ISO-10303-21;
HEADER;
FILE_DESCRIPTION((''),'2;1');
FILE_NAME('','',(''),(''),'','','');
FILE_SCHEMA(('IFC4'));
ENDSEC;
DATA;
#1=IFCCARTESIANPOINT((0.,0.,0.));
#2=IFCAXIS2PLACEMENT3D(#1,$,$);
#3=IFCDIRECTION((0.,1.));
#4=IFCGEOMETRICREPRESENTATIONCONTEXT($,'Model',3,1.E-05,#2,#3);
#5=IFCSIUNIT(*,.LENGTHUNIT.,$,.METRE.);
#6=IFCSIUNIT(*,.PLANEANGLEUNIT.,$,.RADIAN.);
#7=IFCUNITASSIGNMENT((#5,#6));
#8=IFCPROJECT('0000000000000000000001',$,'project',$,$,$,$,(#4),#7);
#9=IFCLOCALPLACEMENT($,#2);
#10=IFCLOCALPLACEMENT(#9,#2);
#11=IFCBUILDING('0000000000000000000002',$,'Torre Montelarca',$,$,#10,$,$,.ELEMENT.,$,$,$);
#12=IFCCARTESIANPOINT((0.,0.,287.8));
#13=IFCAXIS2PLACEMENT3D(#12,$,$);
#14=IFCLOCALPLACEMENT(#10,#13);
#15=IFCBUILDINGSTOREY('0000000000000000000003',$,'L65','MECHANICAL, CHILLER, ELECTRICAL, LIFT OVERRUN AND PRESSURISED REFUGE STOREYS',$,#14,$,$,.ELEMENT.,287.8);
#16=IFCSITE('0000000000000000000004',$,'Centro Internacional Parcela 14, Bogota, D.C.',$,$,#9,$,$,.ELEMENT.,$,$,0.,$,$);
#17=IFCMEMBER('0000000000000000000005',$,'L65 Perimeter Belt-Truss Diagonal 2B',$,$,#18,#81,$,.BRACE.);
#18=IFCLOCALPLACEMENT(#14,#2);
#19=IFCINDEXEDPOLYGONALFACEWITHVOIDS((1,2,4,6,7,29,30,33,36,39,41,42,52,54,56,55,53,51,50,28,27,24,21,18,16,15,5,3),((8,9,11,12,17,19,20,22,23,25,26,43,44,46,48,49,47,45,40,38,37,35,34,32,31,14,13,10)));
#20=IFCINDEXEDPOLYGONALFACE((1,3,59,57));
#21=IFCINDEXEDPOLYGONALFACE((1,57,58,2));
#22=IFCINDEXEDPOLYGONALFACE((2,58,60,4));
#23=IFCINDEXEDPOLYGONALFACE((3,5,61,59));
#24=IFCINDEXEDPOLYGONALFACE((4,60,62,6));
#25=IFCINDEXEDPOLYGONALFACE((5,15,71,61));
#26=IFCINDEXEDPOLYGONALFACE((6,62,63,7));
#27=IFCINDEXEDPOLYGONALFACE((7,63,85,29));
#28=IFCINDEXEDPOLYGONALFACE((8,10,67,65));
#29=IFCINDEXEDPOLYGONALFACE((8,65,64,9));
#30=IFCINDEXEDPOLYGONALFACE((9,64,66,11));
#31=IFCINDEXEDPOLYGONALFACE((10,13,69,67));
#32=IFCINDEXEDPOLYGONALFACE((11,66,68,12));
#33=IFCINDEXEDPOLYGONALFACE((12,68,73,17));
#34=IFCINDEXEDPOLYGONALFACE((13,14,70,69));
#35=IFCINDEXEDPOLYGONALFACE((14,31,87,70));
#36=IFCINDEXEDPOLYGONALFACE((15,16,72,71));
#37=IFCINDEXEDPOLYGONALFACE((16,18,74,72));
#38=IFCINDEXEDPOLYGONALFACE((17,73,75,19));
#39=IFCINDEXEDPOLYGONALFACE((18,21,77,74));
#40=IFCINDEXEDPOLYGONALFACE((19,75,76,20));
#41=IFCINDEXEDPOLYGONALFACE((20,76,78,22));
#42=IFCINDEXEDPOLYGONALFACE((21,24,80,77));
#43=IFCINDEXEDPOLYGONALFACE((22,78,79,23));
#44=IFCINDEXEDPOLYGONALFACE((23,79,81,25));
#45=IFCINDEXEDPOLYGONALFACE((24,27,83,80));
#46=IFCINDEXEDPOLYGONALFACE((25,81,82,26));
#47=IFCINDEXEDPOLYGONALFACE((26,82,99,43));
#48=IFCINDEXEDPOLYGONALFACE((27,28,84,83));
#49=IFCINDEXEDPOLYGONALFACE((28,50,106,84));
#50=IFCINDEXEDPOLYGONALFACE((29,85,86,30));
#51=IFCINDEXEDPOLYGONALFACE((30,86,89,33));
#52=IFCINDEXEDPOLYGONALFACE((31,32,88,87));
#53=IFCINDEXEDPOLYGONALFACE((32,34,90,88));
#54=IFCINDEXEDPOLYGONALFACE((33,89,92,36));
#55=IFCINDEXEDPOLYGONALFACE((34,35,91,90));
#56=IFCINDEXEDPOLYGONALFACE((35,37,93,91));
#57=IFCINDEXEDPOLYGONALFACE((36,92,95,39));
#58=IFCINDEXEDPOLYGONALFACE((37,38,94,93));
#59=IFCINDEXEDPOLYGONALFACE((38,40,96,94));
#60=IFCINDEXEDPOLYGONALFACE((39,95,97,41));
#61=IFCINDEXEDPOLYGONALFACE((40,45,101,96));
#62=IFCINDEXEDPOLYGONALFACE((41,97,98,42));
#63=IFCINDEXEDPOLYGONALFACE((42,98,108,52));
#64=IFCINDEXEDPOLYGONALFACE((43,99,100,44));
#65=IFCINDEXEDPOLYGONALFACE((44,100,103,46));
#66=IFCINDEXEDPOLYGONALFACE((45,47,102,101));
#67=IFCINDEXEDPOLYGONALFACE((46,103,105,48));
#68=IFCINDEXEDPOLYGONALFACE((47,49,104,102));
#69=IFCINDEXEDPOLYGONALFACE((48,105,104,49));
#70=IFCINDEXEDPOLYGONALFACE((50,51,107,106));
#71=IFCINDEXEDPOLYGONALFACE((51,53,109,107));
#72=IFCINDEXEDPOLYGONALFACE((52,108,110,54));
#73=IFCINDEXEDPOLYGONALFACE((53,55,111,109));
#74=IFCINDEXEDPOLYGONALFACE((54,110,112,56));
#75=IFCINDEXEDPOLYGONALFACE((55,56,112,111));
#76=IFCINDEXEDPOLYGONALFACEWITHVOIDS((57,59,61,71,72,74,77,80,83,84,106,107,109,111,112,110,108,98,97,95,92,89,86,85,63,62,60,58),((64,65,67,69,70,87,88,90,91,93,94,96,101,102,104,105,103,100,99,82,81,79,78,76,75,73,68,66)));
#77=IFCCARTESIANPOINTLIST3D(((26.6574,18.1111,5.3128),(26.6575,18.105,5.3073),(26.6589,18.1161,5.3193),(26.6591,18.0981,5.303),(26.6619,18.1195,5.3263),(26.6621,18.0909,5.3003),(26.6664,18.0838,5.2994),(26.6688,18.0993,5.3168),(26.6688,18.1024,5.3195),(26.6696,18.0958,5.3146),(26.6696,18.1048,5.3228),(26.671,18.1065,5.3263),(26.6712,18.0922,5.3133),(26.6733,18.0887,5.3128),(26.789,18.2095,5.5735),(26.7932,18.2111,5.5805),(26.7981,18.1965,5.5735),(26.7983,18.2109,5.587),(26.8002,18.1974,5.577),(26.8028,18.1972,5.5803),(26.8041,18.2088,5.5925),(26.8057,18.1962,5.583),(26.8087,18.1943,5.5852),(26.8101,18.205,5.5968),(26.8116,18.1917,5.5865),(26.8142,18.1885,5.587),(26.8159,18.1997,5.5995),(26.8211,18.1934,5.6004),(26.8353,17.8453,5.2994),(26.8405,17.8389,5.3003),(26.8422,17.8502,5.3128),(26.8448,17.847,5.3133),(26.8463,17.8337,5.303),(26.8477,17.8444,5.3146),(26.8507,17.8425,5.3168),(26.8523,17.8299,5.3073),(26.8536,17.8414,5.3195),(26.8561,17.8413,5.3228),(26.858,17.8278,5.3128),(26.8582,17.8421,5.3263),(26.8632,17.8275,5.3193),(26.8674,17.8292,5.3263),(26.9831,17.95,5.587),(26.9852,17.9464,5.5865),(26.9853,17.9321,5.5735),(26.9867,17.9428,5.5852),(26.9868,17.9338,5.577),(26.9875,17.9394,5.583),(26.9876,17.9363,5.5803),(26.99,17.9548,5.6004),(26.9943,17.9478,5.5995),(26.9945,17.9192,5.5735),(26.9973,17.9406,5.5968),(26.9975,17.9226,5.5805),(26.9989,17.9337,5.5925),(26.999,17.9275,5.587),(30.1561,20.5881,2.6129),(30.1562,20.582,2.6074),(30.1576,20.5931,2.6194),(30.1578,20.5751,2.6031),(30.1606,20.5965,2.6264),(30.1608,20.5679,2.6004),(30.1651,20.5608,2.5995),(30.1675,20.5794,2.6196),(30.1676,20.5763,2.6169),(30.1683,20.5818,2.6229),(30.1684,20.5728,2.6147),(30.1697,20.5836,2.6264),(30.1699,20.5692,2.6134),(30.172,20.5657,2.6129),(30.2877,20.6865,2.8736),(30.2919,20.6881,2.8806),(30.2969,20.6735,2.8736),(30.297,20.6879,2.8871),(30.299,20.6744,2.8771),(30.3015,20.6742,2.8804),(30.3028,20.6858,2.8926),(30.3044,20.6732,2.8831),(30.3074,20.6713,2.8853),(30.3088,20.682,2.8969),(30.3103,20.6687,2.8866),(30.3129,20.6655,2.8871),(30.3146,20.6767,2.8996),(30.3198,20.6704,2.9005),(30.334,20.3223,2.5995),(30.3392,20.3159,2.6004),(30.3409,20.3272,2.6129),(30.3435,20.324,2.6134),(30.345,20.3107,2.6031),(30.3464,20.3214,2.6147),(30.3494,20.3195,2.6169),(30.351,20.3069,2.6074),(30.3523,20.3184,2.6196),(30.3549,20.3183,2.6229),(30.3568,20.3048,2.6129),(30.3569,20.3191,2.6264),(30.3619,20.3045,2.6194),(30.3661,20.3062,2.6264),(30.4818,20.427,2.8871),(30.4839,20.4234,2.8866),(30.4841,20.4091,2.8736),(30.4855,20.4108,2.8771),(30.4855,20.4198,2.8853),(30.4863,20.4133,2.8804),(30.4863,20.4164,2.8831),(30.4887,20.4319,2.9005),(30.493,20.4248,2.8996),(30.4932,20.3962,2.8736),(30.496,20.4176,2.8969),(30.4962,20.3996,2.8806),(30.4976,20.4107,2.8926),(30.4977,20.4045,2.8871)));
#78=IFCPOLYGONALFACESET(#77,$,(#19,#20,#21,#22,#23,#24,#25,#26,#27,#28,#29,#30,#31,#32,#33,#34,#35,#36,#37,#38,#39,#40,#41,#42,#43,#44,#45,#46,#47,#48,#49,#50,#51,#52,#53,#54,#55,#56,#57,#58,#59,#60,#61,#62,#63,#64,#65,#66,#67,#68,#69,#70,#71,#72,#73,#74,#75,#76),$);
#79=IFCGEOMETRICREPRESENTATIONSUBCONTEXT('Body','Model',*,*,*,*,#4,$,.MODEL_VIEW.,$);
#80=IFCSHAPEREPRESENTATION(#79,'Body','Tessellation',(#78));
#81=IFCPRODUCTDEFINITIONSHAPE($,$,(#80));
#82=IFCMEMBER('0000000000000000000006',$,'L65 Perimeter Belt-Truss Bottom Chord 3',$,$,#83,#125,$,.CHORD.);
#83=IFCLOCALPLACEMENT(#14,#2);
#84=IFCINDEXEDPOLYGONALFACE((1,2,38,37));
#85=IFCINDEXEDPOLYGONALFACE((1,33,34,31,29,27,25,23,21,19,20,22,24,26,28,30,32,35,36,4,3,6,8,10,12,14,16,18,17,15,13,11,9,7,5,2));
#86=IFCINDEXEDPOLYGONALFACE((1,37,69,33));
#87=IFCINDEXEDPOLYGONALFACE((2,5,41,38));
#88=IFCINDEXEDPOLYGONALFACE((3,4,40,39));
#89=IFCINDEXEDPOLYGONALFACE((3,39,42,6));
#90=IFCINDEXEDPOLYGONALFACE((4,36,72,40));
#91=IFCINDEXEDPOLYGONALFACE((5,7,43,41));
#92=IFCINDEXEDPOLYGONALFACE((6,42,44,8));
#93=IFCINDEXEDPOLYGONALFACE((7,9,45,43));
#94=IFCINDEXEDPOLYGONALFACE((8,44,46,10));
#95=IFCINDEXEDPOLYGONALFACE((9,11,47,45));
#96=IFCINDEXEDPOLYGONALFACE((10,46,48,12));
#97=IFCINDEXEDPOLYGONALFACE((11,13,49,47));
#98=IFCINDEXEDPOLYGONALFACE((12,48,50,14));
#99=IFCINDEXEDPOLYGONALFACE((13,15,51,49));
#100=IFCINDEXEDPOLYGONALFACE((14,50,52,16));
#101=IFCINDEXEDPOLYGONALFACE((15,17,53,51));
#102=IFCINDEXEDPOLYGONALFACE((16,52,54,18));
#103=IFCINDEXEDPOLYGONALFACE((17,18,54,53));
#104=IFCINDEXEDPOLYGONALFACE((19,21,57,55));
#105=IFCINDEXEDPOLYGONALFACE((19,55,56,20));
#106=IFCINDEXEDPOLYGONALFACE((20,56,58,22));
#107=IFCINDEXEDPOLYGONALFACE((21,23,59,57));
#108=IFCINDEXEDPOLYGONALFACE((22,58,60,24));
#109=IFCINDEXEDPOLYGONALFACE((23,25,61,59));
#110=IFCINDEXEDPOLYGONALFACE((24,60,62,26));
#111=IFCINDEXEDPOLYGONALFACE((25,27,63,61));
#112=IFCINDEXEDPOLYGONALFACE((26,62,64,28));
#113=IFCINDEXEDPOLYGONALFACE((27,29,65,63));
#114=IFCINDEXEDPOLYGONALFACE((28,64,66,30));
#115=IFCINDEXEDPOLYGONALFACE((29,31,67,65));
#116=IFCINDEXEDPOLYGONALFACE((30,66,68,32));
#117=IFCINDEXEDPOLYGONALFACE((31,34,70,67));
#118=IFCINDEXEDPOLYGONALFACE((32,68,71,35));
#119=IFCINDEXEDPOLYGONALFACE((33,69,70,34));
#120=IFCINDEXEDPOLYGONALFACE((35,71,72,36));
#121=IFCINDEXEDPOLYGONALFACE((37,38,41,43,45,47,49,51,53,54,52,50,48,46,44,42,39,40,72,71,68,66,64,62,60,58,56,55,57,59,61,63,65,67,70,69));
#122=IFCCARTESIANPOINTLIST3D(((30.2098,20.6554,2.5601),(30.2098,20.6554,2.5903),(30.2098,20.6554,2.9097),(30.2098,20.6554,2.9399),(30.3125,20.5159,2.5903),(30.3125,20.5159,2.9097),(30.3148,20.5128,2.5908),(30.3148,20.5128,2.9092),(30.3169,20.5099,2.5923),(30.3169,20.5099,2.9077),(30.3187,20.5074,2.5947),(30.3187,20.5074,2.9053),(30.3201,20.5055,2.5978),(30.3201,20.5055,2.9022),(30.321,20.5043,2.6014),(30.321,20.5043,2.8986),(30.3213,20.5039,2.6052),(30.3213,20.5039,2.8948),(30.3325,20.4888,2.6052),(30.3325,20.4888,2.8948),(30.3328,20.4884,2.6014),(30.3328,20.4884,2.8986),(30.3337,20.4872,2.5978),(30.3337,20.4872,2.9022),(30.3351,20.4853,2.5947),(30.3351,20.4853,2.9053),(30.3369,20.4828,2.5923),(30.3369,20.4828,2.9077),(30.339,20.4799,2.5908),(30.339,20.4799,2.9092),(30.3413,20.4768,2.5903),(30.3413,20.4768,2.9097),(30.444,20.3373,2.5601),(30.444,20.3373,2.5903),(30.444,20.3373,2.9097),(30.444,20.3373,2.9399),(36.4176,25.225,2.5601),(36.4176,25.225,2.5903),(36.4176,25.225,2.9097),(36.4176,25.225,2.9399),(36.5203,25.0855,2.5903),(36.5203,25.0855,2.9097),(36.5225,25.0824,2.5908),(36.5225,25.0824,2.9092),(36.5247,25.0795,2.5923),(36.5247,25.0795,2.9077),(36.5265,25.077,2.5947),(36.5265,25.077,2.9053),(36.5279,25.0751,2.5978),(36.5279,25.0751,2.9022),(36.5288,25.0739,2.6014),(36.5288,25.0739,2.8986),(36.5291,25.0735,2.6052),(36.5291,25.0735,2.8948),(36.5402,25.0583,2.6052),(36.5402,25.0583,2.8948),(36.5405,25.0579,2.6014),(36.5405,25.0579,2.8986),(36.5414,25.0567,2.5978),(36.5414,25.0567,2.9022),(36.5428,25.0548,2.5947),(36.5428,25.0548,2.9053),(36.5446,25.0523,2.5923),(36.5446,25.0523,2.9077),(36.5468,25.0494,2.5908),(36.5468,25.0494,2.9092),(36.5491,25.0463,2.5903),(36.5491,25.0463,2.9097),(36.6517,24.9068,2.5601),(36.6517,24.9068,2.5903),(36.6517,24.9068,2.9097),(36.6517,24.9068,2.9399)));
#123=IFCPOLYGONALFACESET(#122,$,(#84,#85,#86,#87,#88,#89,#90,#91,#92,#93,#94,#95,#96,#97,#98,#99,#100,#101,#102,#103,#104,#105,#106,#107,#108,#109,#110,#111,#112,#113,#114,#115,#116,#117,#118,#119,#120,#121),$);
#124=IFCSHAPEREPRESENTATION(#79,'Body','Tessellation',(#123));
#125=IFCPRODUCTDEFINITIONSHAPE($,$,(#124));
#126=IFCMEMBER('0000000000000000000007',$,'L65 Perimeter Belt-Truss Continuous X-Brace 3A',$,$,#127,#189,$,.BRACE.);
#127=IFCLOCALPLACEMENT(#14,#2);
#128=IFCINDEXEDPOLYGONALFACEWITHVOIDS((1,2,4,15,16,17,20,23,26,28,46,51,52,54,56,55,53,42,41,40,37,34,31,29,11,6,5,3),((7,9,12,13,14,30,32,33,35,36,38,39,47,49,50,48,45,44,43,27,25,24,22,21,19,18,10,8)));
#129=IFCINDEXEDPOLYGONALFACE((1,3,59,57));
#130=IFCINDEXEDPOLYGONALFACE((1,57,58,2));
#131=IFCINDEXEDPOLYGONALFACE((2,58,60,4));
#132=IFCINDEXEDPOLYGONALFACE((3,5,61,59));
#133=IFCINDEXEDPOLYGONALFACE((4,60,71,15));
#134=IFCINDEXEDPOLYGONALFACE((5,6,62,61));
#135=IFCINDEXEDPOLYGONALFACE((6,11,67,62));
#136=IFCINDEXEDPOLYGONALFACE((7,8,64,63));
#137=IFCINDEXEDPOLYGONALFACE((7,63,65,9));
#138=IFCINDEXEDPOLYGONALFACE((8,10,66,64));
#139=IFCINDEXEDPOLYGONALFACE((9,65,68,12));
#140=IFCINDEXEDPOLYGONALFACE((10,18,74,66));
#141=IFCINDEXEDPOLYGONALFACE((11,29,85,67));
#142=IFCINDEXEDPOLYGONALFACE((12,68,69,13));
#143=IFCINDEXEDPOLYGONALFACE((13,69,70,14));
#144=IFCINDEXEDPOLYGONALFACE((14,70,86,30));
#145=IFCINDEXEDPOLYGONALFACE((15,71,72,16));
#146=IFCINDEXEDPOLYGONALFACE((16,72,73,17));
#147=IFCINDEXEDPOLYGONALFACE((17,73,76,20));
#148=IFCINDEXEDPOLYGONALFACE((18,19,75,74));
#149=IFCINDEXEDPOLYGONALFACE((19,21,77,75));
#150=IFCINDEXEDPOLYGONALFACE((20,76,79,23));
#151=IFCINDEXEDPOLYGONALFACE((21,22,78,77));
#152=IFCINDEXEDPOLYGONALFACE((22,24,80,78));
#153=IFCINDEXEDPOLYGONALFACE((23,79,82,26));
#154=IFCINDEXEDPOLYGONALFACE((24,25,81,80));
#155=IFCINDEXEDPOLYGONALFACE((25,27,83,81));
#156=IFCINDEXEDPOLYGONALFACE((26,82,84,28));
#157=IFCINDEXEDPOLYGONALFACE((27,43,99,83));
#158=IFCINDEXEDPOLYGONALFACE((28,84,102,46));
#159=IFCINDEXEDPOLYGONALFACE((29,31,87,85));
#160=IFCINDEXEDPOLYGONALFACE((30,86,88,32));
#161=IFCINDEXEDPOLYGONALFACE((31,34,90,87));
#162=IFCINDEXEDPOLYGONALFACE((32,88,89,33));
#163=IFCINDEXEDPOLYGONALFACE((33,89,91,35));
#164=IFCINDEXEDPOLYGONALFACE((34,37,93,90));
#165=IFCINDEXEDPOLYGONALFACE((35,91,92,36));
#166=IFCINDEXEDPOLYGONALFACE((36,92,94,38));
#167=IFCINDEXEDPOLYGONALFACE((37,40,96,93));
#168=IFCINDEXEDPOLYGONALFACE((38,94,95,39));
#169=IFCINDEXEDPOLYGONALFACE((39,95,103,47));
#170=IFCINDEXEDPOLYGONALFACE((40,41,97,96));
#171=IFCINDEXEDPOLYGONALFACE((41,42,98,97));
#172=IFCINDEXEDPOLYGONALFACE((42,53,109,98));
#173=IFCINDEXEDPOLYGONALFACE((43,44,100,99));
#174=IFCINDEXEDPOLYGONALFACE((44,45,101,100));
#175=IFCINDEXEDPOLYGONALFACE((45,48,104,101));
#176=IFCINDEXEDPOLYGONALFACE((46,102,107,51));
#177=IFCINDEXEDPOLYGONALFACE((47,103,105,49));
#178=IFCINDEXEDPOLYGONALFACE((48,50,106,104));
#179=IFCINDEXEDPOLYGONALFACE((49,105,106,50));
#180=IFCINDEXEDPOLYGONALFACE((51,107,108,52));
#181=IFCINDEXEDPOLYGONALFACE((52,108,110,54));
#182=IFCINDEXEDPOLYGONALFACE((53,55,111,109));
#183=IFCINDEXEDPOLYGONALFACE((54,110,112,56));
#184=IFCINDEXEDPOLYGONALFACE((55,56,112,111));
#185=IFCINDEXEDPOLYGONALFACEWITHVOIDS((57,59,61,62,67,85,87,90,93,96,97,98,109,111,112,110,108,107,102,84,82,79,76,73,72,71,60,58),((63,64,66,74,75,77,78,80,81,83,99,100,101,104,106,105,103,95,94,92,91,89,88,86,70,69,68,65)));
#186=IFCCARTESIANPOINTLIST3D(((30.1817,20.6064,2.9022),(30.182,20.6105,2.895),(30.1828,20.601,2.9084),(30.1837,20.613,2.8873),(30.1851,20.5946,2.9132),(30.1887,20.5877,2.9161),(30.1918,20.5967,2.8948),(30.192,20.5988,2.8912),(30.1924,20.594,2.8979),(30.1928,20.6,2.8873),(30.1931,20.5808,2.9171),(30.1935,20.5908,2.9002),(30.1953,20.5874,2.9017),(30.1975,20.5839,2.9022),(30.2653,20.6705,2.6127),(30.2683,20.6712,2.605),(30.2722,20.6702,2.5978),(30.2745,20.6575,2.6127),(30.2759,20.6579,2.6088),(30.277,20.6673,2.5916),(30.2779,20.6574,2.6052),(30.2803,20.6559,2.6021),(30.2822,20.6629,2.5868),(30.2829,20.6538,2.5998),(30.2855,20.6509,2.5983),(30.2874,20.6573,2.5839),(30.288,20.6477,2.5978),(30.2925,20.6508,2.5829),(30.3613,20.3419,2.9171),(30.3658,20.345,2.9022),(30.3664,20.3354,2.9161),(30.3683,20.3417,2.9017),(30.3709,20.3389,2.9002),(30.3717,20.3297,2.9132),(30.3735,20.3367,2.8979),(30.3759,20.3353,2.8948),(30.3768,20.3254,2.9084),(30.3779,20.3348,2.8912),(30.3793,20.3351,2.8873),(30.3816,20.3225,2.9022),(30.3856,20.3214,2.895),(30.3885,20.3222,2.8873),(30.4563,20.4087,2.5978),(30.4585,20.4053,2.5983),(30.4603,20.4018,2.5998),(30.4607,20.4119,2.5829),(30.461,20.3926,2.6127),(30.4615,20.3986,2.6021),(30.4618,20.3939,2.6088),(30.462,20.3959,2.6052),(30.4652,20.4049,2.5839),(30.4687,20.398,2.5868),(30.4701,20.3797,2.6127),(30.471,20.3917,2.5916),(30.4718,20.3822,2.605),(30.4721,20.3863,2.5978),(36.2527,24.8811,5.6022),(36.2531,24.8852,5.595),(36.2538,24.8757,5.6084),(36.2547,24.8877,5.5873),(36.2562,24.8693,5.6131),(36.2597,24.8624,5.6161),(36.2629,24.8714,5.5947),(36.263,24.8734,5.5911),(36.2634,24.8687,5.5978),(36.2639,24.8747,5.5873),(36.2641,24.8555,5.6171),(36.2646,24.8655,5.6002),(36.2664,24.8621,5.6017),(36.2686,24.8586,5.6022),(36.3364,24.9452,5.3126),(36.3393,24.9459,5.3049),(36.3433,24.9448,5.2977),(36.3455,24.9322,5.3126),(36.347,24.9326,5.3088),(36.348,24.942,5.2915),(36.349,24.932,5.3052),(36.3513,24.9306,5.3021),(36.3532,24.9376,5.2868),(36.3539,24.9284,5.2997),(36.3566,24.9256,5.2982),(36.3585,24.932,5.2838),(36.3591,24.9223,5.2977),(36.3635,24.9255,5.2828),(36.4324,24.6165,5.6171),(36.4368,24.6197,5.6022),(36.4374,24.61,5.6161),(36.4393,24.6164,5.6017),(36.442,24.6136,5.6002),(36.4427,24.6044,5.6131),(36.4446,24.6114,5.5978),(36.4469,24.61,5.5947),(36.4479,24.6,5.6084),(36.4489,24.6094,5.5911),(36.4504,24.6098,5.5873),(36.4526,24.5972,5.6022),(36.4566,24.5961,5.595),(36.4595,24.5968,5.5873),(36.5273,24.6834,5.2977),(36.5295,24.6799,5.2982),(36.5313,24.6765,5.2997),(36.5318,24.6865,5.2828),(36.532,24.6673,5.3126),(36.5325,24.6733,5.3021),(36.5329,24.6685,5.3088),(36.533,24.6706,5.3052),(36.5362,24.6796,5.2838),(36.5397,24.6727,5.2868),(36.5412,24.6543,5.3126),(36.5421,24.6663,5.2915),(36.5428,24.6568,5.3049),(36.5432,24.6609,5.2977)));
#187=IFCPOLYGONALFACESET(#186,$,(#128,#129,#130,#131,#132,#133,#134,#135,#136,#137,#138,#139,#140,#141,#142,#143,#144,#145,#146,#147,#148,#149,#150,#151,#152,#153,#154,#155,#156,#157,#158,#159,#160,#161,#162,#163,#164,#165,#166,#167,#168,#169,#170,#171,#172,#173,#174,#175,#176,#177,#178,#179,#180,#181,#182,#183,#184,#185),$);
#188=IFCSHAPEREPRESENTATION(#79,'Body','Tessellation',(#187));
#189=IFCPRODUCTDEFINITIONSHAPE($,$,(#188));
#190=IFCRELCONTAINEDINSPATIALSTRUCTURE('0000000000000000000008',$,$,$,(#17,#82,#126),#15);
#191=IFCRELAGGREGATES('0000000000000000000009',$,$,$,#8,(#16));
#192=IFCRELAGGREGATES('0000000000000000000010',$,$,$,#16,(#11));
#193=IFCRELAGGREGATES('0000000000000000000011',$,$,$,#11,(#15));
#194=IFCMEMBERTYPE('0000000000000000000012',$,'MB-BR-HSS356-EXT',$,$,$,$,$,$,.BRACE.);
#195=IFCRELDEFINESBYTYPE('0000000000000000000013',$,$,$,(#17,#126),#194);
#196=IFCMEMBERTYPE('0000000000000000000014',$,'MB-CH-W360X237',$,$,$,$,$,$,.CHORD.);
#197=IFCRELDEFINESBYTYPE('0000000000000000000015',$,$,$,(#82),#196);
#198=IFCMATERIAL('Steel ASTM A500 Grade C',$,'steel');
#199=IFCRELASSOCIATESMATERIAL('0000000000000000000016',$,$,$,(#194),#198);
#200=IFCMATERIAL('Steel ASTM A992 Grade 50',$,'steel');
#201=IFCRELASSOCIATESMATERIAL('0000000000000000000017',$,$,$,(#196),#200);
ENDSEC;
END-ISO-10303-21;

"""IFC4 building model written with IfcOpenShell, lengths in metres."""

from ifc_helpers import new_model, si_unit, direction, frame, origin, origin_2d, place, context, subcontext, project, spatial, hollow_rectangle, i_section, extrude, source, transform, mapped, material, material_profile, profile_set, type_object, element, save


model = new_model("IFC4")

# Units and contexts
model_context = context("Model", 3, precision=1e-05, world=origin(), true_north=direction((0.0, 1.0)))
body_context = subcontext(model_context, "Body", "Model", "MODEL_VIEW")
ifc_project = project(units=[si_unit("LENGTHUNIT", "METRE"), si_unit("PLANEANGLEUNIT", "RADIAN")], contexts=[model_context])

# Site, building, storey
site_placement = place(None, origin())
site = spatial("IfcSite", under=ifc_project, at=site_placement, Name="Centro Internacional Parcela 14, Bogota, D.C.", CompositionType="ELEMENT", RefElevation=0.0)
building_placement = place(site_placement, origin())
building = spatial("IfcBuilding", under=site, at=building_placement, Name="Torre Montelarca", CompositionType="ELEMENT")
storey_placement = place(building_placement, frame((0.0, 0.0, 287.8)))
storey = spatial("IfcBuildingStorey", under=building, at=storey_placement, Name="L65", Description="MECHANICAL, CHILLER, ELECTRICAL, LIFT OVERRUN AND PRESSURISED REFUGE STOREYS", CompositionType="ELEMENT", Elevation=287.8)

# Shared definitions
ifc_material_1 = material(Name="Steel ASTM A992 Grade 50", Category="steel")

# Members
ifc_material_2 = material(Name="Steel ASTM A500 Grade C", Category="steel")
ifc_material_profile_1 = material_profile(ifc_material_2, hollow_rectangle(XDim=0.3557, YDim=0.3557, WallThickness=0.0159, InnerFilletRadius=0.0159, OuterFilletRadius=0.0317, at=origin_2d()), Name="HSS356X356X15.9", Category="steel")
ifc_profile_set_1 = profile_set([ifc_material_profile_1], Name="Steel ASTM A500 Grade C")
member_type_1 = type_object("IfcMemberType", Name="MB-BR-HSS356-EXT", PredefinedType="BRACE", material=ifc_profile_set_1)
shared_shape_1 = source(origin(), body_context, "Body", "SweptSolid", [
    extrude(hollow_rectangle(XDim=0.3557, YDim=0.3557, WallThickness=0.0159, InnerFilletRadius=0.0159, OuterFilletRadius=0.0317, at=origin_2d()), origin(), (0.0, 0.0, 1.0), 5.0662),
])
member_1_placement = place(storey_placement, frame((30.3269, 20.4963, 2.75), z_axis=(-0.690604, -0.488931, 0.532928), x_axis=(0.577823, -0.816162, 0.0)))
element("IfcMember", 1, at=member_1_placement, inside=storey, type_object=member_type_1, Name="L65 Perimeter Belt-Truss Diagonal 2B", PredefinedType="BRACE", context=body_context, shape_type="MappedRepresentation", body=[
    mapped(shared_shape_1, transform((0.0, 0.0, 0.0), scale=1.0)),
])
ifc_material_profile_2 = material_profile(ifc_material_1, i_section(OverallWidth=0.395, OverallDepth=0.3799, WebThickness=0.0188, FlangeThickness=0.0303, FilletRadius=0.0149, at=origin_2d()), Name="W360X237", Category="steel")
ifc_profile_set_2 = profile_set([ifc_material_profile_2], Name="Steel ASTM A992 Grade 50")
member_type_2 = type_object("IfcMemberType", Name="MB-CH-W360X237", PredefinedType="CHORD", material=ifc_profile_set_2)
shared_shape_2 = source(origin(), body_context, "Body", "SweptSolid", [
    extrude(i_section(OverallWidth=0.395, OverallDepth=0.3799, WebThickness=0.0188, FlangeThickness=0.0303, FilletRadius=0.0149, at=origin_2d()), origin(), (0.0, 0.0, 1.0), 7.7083),
])
member_2_placement = place(storey_placement, frame((30.3269, 20.4963, 2.75), z_axis=(0.805338, 0.592815, 0.0), x_axis=(-0.592815, 0.805338, 0.0)))
element("IfcMember", 2, at=member_2_placement, inside=storey, type_object=member_type_2, Name="L65 Perimeter Belt-Truss Bottom Chord 3", PredefinedType="CHORD", context=body_context, shape_type="MappedRepresentation", body=[
    mapped(shared_shape_2, transform((0.0, 0.0, 0.0), scale=1.0)),
])
shared_shape_3 = source(origin(), body_context, "Body", "SweptSolid", [
    extrude(hollow_rectangle(XDim=0.3557, YDim=0.3557, WallThickness=0.0159, InnerFilletRadius=0.0159, OuterFilletRadius=0.0317, at=origin_2d()), origin(), (0.0, 0.0, 1.0), 7.9006),
])
member_3_placement = place(storey_placement, frame((30.3269, 20.4963, 2.75), z_axis=(0.768425, 0.541053, 0.341739), x_axis=(-0.575713, 0.817652, 0.0)))
element("IfcMember", 3, at=member_3_placement, inside=storey, type_object=member_type_1, Name="L65 Perimeter Belt-Truss Continuous X-Brace 3A", PredefinedType="BRACE", context=body_context, shape_type="MappedRepresentation", body=[
    mapped(shared_shape_3, transform((0.0, 0.0, 0.0), scale=1.0)),
])

save(model, "model.ifc")
